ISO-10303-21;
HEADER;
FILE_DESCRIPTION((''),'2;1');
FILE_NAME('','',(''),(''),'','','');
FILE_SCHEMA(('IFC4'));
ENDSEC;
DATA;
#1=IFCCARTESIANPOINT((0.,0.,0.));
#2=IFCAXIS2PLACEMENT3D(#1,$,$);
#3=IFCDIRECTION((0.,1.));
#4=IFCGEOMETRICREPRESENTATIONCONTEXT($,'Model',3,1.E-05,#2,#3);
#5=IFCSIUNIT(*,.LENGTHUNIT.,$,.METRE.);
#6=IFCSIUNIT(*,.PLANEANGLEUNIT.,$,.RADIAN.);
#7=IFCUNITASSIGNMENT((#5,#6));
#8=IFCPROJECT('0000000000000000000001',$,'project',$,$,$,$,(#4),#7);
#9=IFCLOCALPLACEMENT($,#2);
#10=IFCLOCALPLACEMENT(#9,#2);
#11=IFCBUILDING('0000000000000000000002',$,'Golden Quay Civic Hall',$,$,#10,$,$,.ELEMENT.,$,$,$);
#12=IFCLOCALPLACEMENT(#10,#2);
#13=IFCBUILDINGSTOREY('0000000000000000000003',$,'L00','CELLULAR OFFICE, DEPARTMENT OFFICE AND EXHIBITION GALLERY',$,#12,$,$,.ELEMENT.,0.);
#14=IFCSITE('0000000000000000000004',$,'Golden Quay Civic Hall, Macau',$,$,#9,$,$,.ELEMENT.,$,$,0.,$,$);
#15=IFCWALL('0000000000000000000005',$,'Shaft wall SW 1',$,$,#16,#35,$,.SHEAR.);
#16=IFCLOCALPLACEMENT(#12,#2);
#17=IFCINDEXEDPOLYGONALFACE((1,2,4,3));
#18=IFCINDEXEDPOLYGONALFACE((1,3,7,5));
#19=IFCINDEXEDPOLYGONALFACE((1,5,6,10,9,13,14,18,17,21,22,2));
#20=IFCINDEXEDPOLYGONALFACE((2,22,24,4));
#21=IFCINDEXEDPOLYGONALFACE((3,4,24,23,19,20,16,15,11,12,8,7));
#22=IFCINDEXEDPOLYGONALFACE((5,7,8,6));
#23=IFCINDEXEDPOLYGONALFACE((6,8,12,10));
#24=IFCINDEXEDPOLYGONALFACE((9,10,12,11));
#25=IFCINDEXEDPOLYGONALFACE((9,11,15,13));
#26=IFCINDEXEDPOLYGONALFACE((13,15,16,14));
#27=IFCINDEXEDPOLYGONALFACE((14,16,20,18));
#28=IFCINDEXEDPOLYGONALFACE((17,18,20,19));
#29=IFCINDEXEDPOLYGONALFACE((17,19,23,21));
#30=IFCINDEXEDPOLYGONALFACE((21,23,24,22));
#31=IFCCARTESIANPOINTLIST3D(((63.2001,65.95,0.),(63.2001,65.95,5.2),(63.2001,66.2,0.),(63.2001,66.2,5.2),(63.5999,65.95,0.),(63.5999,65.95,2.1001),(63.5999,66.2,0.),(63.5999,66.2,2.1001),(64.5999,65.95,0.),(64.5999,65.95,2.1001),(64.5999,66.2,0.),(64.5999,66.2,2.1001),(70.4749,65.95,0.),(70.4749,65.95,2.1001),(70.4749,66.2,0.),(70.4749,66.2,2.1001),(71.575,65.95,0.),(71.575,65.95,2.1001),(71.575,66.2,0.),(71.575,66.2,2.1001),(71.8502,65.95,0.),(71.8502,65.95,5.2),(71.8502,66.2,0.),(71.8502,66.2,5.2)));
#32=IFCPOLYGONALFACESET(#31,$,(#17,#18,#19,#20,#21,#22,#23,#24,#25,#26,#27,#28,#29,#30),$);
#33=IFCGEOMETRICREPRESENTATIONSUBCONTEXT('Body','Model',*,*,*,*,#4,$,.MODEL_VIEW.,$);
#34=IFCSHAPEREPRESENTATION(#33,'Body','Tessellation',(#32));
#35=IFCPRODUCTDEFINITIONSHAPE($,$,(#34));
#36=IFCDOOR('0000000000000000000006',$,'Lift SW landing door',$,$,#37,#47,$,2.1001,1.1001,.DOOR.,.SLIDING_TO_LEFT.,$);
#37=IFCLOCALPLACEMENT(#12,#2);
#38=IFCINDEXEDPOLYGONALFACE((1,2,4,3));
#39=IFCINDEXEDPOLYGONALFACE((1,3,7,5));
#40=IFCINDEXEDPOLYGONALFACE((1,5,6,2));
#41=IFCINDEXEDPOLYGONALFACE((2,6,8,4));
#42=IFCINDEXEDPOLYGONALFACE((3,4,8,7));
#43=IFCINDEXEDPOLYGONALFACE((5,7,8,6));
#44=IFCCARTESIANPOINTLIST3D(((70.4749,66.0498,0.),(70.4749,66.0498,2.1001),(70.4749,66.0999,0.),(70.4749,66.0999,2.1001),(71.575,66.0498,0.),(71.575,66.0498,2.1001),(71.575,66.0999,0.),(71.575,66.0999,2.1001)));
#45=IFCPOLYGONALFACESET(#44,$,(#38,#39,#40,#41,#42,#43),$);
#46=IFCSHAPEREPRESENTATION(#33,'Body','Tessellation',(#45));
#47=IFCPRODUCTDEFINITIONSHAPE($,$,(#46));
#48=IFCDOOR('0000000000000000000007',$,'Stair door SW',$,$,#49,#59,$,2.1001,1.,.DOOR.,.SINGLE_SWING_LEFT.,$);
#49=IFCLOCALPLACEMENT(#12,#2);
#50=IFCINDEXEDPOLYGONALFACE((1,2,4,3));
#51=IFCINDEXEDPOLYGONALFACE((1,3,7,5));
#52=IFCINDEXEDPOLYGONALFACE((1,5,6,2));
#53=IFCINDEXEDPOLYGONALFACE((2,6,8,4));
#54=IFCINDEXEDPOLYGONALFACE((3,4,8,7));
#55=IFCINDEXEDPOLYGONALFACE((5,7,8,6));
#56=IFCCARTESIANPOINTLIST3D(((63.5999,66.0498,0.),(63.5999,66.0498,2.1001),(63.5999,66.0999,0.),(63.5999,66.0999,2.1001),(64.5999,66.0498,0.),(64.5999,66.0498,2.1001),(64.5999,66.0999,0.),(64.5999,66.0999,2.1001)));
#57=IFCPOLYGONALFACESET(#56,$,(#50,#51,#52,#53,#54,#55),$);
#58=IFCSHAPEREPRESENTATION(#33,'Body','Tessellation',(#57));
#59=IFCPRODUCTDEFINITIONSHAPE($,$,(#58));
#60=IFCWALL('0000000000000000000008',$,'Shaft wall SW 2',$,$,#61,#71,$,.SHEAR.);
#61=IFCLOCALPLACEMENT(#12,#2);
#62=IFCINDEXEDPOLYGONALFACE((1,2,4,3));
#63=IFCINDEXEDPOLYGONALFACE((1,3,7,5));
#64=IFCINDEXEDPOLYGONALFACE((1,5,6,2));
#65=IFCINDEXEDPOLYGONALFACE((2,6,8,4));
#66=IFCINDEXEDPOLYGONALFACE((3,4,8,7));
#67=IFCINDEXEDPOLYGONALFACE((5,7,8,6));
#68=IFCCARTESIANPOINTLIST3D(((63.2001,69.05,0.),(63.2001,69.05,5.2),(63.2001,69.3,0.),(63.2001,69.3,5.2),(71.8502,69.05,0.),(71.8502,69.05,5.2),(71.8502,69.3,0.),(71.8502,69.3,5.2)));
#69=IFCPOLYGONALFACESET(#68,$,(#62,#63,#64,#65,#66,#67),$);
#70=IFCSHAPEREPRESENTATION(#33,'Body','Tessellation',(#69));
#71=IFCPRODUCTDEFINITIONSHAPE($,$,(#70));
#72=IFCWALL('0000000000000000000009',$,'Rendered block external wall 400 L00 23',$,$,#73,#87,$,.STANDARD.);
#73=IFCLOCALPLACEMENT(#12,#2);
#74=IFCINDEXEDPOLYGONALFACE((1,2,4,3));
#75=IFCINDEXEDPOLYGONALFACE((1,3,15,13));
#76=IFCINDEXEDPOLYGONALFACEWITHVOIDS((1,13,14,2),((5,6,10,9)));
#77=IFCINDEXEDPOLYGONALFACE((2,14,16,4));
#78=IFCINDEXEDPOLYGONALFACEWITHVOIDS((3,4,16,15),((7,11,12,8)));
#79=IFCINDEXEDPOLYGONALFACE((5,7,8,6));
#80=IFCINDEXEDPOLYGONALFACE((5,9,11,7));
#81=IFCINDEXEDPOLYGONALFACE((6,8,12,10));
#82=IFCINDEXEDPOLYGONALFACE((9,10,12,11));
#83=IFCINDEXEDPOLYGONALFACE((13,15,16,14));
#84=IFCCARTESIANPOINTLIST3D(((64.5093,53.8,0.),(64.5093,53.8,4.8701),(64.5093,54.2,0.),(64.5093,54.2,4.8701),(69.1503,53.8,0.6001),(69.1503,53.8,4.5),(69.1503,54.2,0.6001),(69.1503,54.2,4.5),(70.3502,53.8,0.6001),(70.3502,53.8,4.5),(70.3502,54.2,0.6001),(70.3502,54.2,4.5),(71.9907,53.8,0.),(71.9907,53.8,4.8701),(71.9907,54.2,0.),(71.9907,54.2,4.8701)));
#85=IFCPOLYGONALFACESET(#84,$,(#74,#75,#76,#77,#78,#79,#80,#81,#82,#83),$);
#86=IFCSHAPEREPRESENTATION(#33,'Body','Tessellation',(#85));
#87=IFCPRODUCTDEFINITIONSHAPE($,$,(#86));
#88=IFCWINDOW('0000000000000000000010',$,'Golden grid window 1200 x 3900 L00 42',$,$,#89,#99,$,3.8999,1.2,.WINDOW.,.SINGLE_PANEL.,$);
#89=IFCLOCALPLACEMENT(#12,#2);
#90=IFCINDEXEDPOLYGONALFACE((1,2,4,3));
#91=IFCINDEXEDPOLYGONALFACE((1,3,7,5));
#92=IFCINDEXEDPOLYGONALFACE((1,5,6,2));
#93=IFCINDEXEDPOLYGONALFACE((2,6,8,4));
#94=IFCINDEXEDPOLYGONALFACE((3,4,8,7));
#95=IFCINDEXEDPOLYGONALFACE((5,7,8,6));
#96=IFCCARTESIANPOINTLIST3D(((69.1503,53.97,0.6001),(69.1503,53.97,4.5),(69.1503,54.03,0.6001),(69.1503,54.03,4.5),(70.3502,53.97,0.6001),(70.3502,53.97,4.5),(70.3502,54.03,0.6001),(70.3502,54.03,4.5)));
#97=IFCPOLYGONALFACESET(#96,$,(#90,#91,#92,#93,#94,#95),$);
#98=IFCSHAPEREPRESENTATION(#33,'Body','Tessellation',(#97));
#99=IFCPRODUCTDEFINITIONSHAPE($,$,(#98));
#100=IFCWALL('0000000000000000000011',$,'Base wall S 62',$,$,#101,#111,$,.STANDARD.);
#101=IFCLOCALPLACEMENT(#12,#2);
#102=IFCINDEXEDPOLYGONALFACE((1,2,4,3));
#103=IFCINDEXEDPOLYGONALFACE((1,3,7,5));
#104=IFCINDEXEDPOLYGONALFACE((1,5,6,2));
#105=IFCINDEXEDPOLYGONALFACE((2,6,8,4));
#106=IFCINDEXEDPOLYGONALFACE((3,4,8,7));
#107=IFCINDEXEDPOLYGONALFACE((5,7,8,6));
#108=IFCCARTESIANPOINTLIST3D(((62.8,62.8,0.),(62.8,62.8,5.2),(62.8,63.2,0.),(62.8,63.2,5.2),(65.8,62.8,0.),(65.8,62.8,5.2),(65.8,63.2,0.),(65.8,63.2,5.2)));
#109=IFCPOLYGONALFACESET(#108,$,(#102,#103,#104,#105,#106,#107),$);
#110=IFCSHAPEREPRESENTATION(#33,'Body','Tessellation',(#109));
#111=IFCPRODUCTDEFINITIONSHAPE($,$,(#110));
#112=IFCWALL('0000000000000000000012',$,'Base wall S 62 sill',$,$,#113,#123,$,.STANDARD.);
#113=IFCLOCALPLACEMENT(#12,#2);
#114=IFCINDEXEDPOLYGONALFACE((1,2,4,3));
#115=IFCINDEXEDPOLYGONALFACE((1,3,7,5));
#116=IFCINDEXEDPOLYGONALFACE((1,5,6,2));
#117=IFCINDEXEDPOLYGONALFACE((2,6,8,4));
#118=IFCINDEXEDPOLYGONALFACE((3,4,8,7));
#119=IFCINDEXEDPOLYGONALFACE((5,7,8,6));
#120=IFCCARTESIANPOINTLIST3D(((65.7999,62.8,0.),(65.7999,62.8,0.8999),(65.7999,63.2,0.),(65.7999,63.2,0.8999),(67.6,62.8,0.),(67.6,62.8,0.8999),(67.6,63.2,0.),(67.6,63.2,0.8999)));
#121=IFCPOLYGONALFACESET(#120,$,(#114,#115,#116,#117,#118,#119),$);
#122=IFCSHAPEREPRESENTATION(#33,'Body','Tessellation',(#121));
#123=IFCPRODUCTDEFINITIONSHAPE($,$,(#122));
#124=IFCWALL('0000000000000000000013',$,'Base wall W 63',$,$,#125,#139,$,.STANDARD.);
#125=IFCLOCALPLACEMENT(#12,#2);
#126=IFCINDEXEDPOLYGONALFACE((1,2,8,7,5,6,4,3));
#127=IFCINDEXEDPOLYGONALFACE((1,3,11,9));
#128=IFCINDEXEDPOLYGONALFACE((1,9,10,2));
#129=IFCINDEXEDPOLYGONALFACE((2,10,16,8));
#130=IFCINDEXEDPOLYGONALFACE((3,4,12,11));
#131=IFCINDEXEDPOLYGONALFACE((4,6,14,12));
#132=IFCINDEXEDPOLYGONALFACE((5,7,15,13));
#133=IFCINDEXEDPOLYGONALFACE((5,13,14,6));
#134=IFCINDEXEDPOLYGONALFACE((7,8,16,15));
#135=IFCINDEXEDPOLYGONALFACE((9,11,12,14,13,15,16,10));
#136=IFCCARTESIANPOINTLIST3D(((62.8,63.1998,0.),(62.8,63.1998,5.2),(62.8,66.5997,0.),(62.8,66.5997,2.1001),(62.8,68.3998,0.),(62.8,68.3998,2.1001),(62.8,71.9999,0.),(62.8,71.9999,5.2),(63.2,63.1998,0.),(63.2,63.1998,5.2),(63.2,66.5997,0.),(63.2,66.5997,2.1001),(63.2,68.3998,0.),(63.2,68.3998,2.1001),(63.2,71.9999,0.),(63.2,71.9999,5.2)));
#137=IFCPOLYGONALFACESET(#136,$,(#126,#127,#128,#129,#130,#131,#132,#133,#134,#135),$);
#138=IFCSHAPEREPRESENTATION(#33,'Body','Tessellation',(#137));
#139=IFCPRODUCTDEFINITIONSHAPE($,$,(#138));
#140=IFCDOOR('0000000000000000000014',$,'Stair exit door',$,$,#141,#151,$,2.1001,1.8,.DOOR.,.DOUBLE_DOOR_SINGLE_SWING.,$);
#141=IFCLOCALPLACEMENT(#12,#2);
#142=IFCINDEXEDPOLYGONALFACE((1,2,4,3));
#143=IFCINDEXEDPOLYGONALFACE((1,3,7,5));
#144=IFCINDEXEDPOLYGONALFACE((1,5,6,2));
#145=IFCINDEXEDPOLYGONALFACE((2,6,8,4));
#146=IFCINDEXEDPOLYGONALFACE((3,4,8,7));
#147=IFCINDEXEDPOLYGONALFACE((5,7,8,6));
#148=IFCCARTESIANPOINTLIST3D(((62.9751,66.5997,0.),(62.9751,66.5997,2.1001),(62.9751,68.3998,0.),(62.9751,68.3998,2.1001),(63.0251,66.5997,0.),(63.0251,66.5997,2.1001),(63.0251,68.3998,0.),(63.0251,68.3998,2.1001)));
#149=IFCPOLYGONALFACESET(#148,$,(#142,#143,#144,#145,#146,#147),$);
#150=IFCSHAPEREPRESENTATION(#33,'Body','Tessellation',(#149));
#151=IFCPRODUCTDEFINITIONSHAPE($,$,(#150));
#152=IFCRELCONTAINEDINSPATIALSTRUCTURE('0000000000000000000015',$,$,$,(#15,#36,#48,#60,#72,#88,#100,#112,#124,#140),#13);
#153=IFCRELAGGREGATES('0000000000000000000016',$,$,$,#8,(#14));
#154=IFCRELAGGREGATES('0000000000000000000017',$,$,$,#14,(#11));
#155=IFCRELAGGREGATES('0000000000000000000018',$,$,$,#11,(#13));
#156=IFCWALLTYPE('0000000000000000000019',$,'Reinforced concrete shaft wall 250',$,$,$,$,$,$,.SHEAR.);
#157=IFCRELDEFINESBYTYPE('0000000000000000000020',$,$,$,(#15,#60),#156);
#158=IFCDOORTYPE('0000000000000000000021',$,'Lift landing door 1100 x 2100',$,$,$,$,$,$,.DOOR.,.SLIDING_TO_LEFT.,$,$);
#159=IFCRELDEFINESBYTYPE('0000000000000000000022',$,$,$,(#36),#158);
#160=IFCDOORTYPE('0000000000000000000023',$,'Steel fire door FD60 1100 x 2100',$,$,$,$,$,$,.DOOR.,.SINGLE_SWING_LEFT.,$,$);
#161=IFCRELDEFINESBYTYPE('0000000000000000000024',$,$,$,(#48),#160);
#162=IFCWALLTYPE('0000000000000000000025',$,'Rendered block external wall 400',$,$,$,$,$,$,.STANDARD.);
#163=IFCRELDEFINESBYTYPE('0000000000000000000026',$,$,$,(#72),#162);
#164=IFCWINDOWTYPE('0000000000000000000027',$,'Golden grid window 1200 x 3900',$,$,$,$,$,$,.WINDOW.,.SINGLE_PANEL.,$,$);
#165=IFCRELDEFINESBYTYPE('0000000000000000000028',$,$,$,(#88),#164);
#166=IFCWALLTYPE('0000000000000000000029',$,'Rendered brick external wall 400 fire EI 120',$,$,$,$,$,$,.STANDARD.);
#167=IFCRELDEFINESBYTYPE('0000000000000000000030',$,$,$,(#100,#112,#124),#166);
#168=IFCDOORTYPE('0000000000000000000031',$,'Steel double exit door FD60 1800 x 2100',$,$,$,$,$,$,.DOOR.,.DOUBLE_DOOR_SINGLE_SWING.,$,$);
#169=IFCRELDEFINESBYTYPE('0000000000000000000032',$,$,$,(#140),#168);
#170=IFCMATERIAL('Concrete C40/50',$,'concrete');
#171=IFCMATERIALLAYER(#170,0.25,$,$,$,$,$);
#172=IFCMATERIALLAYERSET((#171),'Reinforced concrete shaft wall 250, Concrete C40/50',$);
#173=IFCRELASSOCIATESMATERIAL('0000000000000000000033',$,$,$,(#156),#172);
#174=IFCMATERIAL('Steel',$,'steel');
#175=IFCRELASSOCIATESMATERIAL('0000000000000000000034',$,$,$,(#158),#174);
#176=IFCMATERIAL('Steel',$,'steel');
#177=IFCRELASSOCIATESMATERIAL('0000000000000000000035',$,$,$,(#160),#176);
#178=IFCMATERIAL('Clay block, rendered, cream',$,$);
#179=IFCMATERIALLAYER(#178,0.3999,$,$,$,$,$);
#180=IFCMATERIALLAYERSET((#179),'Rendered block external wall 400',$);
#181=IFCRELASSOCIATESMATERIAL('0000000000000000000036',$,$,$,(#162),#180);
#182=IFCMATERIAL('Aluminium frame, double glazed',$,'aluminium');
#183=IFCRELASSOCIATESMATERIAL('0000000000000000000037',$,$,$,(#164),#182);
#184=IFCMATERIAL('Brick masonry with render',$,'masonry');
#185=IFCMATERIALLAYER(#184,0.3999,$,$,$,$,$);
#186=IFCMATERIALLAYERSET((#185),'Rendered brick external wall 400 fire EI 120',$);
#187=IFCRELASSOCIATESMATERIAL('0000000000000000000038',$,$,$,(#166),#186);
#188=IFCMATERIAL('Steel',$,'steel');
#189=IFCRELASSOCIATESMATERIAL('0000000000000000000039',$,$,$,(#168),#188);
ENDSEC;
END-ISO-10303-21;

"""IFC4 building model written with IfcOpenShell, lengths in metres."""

from ifc_helpers import new_model, si_unit, direction, frame, frame_2d, origin, place, context, subcontext, project, spatial, rectangle, extrude, material, layer, layer_set, type_object, element, fill, save


model = new_model("IFC4")

# Units and contexts
model_context = context("Model", 3, precision=1e-05, world=origin(), true_north=direction((0.0, 1.0)))
body_context = subcontext(model_context, "Body", "Model", "MODEL_VIEW")
ifc_project = project(units=[si_unit("LENGTHUNIT", "METRE"), si_unit("PLANEANGLEUNIT", "RADIAN")], contexts=[model_context])

# Site, building, storey
site_placement = place(None, origin())
site = spatial("IfcSite", under=ifc_project, at=site_placement, Name="Golden Quay Civic Hall, Macau", CompositionType="ELEMENT", RefElevation=0.0)
building_placement = place(site_placement, origin())
building = spatial("IfcBuilding", under=site, at=building_placement, Name="Golden Quay Civic Hall", CompositionType="ELEMENT")
storey_placement = place(building_placement, origin())
storey = spatial("IfcBuildingStorey", under=building, at=storey_placement, Name="L00", Description="CELLULAR OFFICE, DEPARTMENT OFFICE AND EXHIBITION GALLERY", CompositionType="ELEMENT", Elevation=0.0)

# Wall, openings, doors
ifc_material_1 = material(Name="Concrete C40/50", Category="concrete")
ifc_layer_1 = layer(ifc_material_1, 0.25)
ifc_layer_set_1 = layer_set([ifc_layer_1], Name="Reinforced concrete shaft wall 250, Concrete C40/50")
wall_type_1 = type_object("IfcWallType", Name="Reinforced concrete shaft wall 250", PredefinedType="SHEAR", material=ifc_layer_set_1)
wall_1_placement = place(storey_placement, frame((63.2, 66.075, 0.0), z_axis=(0.0, 0.0, 1.0), x_axis=(1.0, 0.0, 0.0)))
wall_1 = element("IfcWall", 1, at=wall_1_placement, inside=storey, type_object=wall_type_1, Name="Shaft wall SW 1", PredefinedType="SHEAR", context=body_context, shape_type="SweptSolid", body=[
    extrude(rectangle(XDim=8.6501, YDim=0.25, at=frame_2d((4.3252, 0.0))), origin(), (0.0, 0.0, 1.0), 5.2),
])
opening_1_placement = place(wall_1_placement, frame((0.3999, 0.0, 0.0)))
opening_1 = element("IfcOpeningElement", 2, at=opening_1_placement, cuts=wall_1, PredefinedType="OPENING", context=body_context, shape_type="SweptSolid", body=[
    extrude(rectangle(XDim=1.0, YDim=2.1001, at=frame_2d((0.5, 1.05))), frame((0.0, 0.135, 0.0), z_axis=(0.0, -1.0, 0.0), x_axis=(1.0, 0.0, 0.0)), (0.0, 0.0, 1.0), 0.27),
])
opening_2_placement = place(wall_1_placement, frame((7.2749, 0.0, 0.0)))
opening_2 = element("IfcOpeningElement", 3, at=opening_2_placement, cuts=wall_1, PredefinedType="OPENING", context=body_context, shape_type="SweptSolid", body=[
    extrude(rectangle(XDim=1.1001, YDim=2.1001, at=frame_2d((0.55, 1.05))), frame((0.0, 0.135, 0.0), z_axis=(0.0, -1.0, 0.0), x_axis=(1.0, 0.0, 0.0)), (0.0, 0.0, 1.0), 0.27),
])
ifc_material_2 = material(Name="Steel", Category="steel")
door_type_1 = type_object("IfcDoorType", Name="Lift landing door 1100 x 2100", OperationType="SLIDING_TO_LEFT", PredefinedType="DOOR", material=ifc_material_2)
door_1_placement = place(opening_2_placement, frame((1.1001, 0.0, 0.0), z_axis=(0.0, 0.0, 1.0), x_axis=(-1.0, 0.0, 0.0)))
door_1 = element("IfcDoor", 4, at=door_1_placement, inside=storey, type_object=door_type_1, Name="Lift SW landing door", OperationType="SLIDING_TO_LEFT", OverallHeight=2.1001, OverallWidth=1.1001, PredefinedType="DOOR", context=body_context, shape_type="SweptSolid", body=[
    extrude(rectangle(XDim=1.1001, YDim=2.1001, at=frame_2d((0.55, 1.05))), frame((0.0, 0.0251, 0.0), z_axis=(0.0, -1.0, 0.0), x_axis=(1.0, 0.0, 0.0)), (0.0, 0.0, 1.0), 0.05),
])
fill(opening_2, door_1)
ifc_material_3 = material(Name="Steel", Category="steel")
door_type_2 = type_object("IfcDoorType", Name="Steel fire door FD60 1100 x 2100", OperationType="SINGLE_SWING_LEFT", PredefinedType="DOOR", material=ifc_material_3)
door_2_placement = place(opening_1_placement, origin())
door_2 = element("IfcDoor", 5, at=door_2_placement, inside=storey, type_object=door_type_2, Name="Stair door SW", OperationType="SINGLE_SWING_LEFT", OverallHeight=2.1001, OverallWidth=1.0, PredefinedType="DOOR", context=body_context, shape_type="SweptSolid", body=[
    extrude(rectangle(XDim=1.0, YDim=2.1001, at=frame_2d((0.5, 1.05))), frame((0.0, 0.0249, 0.0), z_axis=(0.0, -1.0, 0.0), x_axis=(1.0, 0.0, 0.0)), (0.0, 0.0, 1.0), 0.05),
])
fill(opening_1, door_2)

# Wall
wall_2_placement = place(storey_placement, frame((63.2, 69.175, 0.0), z_axis=(0.0, 0.0, 1.0), x_axis=(1.0, 0.0, 0.0)))
element("IfcWall", 6, at=wall_2_placement, inside=storey, type_object=wall_type_1, Name="Shaft wall SW 2", PredefinedType="SHEAR", context=body_context, shape_type="SweptSolid", body=[
    extrude(rectangle(XDim=8.6501, YDim=0.25, at=frame_2d((4.3252, 0.0))), origin(), (0.0, 0.0, 1.0), 5.2),
])

# Wall, opening, window
ifc_material_4 = material(Name="Clay block, rendered, cream")
ifc_layer_2 = layer(ifc_material_4, 0.3999)
ifc_layer_set_2 = layer_set([ifc_layer_2], Name="Rendered block external wall 400")
wall_type_2 = type_object("IfcWallType", Name="Rendered block external wall 400", PredefinedType="STANDARD", material=ifc_layer_set_2)
wall_3_placement = place(storey_placement, frame((64.5093, 54.0, 0.0), z_axis=(0.0, 0.0, 1.0), x_axis=(1.0, 0.0, 0.0)))
wall_3 = element("IfcWall", 7, at=wall_3_placement, inside=storey, type_object=wall_type_2, Name="Rendered block external wall 400 L00 23", PredefinedType="STANDARD", context=body_context, shape_type="SweptSolid", body=[
    extrude(rectangle(XDim=7.4814, YDim=0.3999, at=frame_2d((3.7407, 0.0))), origin(), (0.0, 0.0, 1.0), 4.8701),
])
opening_3_placement = place(wall_3_placement, frame((4.6409, 0.0, 0.6001)))
opening_3 = element("IfcOpeningElement", 8, at=opening_3_placement, cuts=wall_3, PredefinedType="OPENING", context=body_context, shape_type="SweptSolid", body=[
    extrude(rectangle(XDim=1.2, YDim=3.8999, at=frame_2d((0.6001, 1.95))), frame((0.0, 0.21, 0.0), z_axis=(0.0, -1.0, 0.0), x_axis=(1.0, 0.0, 0.0)), (0.0, 0.0, 1.0), 0.4199),
])
ifc_material_5 = material(Name="Aluminium frame, double glazed", Category="aluminium")
window_type = type_object("IfcWindowType", Name="Golden grid window 1200 x 3900", PartitioningType="SINGLE_PANEL", PredefinedType="WINDOW", material=ifc_material_5)
window_placement = place(opening_3_placement, origin())
window = element("IfcWindow", 9, at=window_placement, inside=storey, type_object=window_type, Name="Golden grid window 1200 x 3900 L00 42", OverallHeight=3.8999, OverallWidth=1.2, PartitioningType="SINGLE_PANEL", PredefinedType="WINDOW", context=body_context, shape_type="SweptSolid", body=[
    extrude(rectangle(XDim=1.2, YDim=3.8999, at=frame_2d((0.6001, 1.95))), frame((0.0, 0.03, 0.0), z_axis=(0.0, -1.0, 0.0), x_axis=(1.0, 0.0, 0.0)), (0.0, 0.0, 1.0), 0.0601),
])
fill(opening_3, window)

# Walls
ifc_material_6 = material(Name="Brick masonry with render", Category="masonry")
ifc_layer_3 = layer(ifc_material_6, 0.3999)
ifc_layer_set_3 = layer_set([ifc_layer_3], Name="Rendered brick external wall 400 fire EI 120")
wall_type_3 = type_object("IfcWallType", Name="Rendered brick external wall 400 fire EI 120", PredefinedType="STANDARD", material=ifc_layer_set_3)
wall_4_placement = place(storey_placement, frame((62.8, 63.0, 0.0), z_axis=(0.0, 0.0, 1.0), x_axis=(1.0, 0.0, 0.0)))
element("IfcWall", 10, at=wall_4_placement, inside=storey, type_object=wall_type_3, Name="Base wall S 62", PredefinedType="STANDARD", context=body_context, shape_type="SweptSolid", body=[
    extrude(rectangle(XDim=3.0, YDim=0.3999, at=frame_2d((1.5, 0.0))), origin(), (0.0, 0.0, 1.0), 5.2),
])
wall_5_placement = place(storey_placement, frame((65.8, 63.0, 0.0), z_axis=(0.0, 0.0, 1.0), x_axis=(1.0, 0.0, 0.0)))
element("IfcWall", 11, at=wall_5_placement, inside=storey, type_object=wall_type_3, Name="Base wall S 62 sill", PredefinedType="STANDARD", context=body_context, shape_type="SweptSolid", body=[
    extrude(rectangle(XDim=1.8, YDim=0.3999, at=frame_2d((0.8999, 0.0))), origin(), (0.0, 0.0, 1.0), 0.8999),
])

# Wall, opening, door
wall_6_placement = place(storey_placement, frame((63.0, 63.2, 0.0), z_axis=(0.0, 0.0, 1.0), x_axis=(0.0, 1.0, 0.0)))
wall_6 = element("IfcWall", 12, at=wall_6_placement, inside=storey, type_object=wall_type_3, Name="Base wall W 63", PredefinedType="STANDARD", context=body_context, shape_type="SweptSolid", body=[
    extrude(rectangle(XDim=8.8, YDim=0.3999, at=frame_2d((4.3999, 0.0))), origin(), (0.0, 0.0, 1.0), 5.2),
])
opening_4_placement = place(wall_6_placement, frame((3.3999, 0.0, 0.0)))
opening_4 = element("IfcOpeningElement", 13, at=opening_4_placement, cuts=wall_6, PredefinedType="OPENING", context=body_context, shape_type="SweptSolid", body=[
    extrude(rectangle(XDim=1.8, YDim=2.1001, at=frame_2d((0.8999, 1.05))), frame((0.0, 0.21, 0.0), z_axis=(0.0, -1.0, 0.0), x_axis=(1.0, 0.0, 0.0)), (0.0, 0.0, 1.0), 0.4199),
])
ifc_material_7 = material(Name="Steel", Category="steel")
door_type_3 = type_object("IfcDoorType", Name="Steel double exit door FD60 1800 x 2100", OperationType="DOUBLE_DOOR_SINGLE_SWING", PredefinedType="DOOR", material=ifc_material_7)
door_3_placement = place(opening_4_placement, origin())
door_3 = element("IfcDoor", 14, at=door_3_placement, inside=storey, type_object=door_type_3, Name="Stair exit door", OperationType="DOUBLE_DOOR_SINGLE_SWING", OverallHeight=2.1001, OverallWidth=1.8, PredefinedType="DOOR", context=body_context, shape_type="SweptSolid", body=[
    extrude(rectangle(XDim=1.8, YDim=2.1001, at=frame_2d((0.8999, 1.05))), frame((0.0, 0.0249, 0.0), z_axis=(0.0, -1.0, 0.0), x_axis=(1.0, 0.0, 0.0)), (0.0, 0.0, 1.0), 0.05),
])
fill(opening_4, door_3)

save(model, "model.ifc")
